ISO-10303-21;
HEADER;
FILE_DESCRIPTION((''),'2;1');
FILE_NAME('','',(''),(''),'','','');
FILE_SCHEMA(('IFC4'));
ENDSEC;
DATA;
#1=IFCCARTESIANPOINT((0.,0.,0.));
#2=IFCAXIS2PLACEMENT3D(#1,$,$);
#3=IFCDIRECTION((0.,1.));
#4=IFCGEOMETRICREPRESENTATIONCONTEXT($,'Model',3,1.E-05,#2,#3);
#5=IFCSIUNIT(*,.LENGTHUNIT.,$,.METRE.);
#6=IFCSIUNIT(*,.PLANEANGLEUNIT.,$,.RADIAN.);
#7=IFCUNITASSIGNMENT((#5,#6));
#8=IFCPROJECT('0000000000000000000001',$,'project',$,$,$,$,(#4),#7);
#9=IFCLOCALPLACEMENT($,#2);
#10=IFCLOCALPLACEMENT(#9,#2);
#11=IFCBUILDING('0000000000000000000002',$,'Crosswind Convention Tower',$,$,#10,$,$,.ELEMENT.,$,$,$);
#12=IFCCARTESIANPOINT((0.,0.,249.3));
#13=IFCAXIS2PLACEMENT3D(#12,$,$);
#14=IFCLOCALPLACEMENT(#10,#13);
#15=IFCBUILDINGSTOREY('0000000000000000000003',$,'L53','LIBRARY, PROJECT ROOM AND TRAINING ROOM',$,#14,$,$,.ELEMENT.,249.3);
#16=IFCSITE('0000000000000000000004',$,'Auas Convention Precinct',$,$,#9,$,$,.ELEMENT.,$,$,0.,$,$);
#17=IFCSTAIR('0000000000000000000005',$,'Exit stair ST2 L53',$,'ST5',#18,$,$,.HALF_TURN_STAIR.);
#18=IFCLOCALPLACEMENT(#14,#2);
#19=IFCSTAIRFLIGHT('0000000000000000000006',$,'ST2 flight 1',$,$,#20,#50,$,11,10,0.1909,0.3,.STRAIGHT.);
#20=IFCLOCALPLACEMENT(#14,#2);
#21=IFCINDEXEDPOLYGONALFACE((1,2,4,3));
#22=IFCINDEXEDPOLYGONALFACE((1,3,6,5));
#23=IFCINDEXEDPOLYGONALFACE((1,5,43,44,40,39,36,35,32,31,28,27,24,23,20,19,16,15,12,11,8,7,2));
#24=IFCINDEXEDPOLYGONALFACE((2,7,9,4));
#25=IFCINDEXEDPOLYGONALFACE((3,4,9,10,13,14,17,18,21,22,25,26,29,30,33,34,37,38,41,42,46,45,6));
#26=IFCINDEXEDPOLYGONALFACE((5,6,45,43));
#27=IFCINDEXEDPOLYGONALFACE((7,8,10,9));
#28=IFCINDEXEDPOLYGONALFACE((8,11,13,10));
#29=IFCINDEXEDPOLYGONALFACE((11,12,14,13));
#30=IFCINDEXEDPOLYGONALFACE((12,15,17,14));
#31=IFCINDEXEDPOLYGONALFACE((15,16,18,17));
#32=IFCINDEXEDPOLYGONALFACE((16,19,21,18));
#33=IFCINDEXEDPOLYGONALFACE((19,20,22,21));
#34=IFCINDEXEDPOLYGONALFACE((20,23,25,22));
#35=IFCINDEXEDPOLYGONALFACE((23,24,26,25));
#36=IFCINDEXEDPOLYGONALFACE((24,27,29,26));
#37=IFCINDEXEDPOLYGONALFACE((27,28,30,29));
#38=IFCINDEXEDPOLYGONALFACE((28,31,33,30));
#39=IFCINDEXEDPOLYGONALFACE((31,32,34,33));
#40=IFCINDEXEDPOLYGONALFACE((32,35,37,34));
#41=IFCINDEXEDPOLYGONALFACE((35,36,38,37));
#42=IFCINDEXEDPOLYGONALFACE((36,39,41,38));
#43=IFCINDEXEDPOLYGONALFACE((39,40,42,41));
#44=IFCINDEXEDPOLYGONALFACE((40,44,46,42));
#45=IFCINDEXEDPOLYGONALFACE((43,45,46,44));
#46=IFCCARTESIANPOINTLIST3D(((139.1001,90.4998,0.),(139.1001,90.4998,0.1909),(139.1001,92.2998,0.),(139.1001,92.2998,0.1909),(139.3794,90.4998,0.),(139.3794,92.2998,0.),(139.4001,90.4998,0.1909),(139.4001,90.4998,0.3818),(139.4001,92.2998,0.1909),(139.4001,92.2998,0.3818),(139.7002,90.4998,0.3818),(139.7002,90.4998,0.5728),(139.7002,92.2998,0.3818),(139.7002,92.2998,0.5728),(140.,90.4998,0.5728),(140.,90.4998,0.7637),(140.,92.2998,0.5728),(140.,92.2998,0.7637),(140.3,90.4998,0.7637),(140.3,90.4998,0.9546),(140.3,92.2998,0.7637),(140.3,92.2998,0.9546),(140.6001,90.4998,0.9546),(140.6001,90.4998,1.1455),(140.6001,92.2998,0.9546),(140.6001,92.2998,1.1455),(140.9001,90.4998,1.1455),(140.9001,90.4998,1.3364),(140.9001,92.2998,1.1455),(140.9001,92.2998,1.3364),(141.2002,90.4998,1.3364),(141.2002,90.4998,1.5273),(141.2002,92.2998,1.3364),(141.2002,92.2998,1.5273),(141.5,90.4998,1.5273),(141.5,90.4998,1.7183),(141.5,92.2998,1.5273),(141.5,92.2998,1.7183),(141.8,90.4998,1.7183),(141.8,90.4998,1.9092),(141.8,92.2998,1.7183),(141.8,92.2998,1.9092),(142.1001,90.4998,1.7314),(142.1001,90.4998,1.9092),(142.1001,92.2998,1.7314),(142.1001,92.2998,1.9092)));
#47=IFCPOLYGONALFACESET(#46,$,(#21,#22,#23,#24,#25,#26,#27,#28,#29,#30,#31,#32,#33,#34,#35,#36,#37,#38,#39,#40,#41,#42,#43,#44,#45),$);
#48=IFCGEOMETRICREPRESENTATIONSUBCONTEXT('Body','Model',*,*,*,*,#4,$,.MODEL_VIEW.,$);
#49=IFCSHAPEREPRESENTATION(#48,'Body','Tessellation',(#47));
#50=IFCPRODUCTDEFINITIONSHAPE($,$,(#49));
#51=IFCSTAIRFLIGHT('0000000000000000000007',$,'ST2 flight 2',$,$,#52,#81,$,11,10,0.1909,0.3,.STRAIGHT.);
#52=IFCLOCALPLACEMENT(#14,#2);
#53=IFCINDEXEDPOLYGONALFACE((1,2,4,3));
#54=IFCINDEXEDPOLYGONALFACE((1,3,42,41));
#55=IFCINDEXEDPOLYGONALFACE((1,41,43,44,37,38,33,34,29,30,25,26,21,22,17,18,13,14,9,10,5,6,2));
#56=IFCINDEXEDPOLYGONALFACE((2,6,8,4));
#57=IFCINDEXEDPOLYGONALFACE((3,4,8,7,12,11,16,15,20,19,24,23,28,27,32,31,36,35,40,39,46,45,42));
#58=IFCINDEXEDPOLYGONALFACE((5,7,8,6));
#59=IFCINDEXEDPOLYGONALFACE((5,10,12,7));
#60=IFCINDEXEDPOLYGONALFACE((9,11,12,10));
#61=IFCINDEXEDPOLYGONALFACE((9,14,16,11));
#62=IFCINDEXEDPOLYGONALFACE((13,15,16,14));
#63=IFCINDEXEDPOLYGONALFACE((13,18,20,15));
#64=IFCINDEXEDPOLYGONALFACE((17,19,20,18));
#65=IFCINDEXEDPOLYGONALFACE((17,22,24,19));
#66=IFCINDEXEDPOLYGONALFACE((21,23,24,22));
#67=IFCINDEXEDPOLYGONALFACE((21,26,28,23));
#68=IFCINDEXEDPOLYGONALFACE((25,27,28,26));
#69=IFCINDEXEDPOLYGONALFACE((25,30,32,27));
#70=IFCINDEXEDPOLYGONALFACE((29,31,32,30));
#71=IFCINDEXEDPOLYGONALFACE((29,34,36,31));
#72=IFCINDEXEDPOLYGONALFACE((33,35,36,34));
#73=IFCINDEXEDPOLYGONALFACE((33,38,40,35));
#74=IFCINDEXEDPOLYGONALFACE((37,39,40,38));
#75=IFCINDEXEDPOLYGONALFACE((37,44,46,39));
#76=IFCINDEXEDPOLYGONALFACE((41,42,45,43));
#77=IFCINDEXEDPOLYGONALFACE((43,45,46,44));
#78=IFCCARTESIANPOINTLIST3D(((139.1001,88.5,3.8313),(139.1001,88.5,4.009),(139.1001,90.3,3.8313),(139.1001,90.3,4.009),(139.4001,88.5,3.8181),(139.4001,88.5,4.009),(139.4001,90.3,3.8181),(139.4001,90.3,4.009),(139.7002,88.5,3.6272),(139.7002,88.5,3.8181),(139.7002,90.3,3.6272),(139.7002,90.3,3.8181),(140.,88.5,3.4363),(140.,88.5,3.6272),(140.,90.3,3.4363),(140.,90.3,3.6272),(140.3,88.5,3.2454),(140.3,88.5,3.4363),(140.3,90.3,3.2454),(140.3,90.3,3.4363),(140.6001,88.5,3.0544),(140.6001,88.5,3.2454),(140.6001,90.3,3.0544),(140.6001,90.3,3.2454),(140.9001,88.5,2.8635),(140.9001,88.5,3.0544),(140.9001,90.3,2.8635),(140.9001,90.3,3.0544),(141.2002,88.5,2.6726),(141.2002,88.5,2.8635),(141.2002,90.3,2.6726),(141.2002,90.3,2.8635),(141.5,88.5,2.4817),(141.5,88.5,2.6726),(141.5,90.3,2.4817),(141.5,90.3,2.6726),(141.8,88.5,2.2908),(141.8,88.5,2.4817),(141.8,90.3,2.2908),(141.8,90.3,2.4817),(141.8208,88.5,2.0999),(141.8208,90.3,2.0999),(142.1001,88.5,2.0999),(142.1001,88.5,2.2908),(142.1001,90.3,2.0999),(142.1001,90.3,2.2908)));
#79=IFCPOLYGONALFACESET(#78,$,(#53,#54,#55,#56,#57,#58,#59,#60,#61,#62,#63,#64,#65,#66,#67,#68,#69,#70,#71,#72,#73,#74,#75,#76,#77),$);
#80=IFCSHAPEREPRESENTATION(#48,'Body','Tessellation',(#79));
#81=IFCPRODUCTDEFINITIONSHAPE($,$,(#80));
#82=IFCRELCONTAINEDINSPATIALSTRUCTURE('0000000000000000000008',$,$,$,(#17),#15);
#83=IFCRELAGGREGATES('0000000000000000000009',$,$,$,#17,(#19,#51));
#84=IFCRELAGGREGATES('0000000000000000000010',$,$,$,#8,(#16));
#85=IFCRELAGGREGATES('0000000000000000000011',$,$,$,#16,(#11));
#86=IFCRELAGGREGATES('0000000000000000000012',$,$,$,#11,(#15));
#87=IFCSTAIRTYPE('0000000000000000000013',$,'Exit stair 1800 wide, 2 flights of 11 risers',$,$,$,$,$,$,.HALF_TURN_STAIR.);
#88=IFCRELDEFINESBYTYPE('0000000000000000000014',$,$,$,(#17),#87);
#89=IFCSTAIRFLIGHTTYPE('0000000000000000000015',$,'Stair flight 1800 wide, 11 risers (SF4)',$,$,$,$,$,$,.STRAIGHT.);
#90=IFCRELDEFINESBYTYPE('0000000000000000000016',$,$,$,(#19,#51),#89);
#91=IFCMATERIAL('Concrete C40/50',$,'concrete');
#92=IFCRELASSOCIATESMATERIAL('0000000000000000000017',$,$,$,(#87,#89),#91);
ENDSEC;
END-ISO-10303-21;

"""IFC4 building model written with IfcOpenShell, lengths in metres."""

from ifc_helpers import new_model, si_unit, direction, frame, origin, place, context, subcontext, project, spatial, polyline, outline, extrude, material, type_object, element, aggregate, save


model = new_model("IFC4")

# Units and contexts
model_context = context("Model", 3, precision=1e-05, world=origin(), true_north=direction((0.0, 1.0)))
body_context = subcontext(model_context, "Body", "Model", "MODEL_VIEW")
ifc_project = project(units=[si_unit("LENGTHUNIT", "METRE"), si_unit("PLANEANGLEUNIT", "RADIAN")], contexts=[model_context])

# Site, building, storey
site_placement = place(None, origin())
site = spatial("IfcSite", under=ifc_project, at=site_placement, Name="Auas Convention Precinct", CompositionType="ELEMENT", RefElevation=0.0)
building_placement = place(site_placement, origin())
building = spatial("IfcBuilding", under=site, at=building_placement, Name="Crosswind Convention Tower", CompositionType="ELEMENT")
storey_placement = place(building_placement, frame((0.0, 0.0, 249.3)))
storey = spatial("IfcBuildingStorey", under=building, at=storey_placement, Name="L53", Description="LIBRARY, PROJECT ROOM AND TRAINING ROOM", CompositionType="ELEMENT", Elevation=249.3)

# Stair, stair flights
ifc_material_1 = material(Name="Concrete C40/50", Category="concrete")
stair_type = type_object("IfcStairType", Name="Exit stair 1800 wide, 2 flights of 11 risers", PredefinedType="HALF_TURN_STAIR", material=ifc_material_1)
stair_placement = place(storey_placement, origin())
stair = element("IfcStair", 1, at=stair_placement, inside=storey, type_object=stair_type, Name="Exit stair ST2 L53", ObjectType="ST5", PredefinedType="HALF_TURN_STAIR")
stair_flight_type = type_object("IfcStairFlightType", Name="Stair flight 1800 wide, 11 risers (SF4)", PredefinedType="STRAIGHT", material=ifc_material_1)
stair_flight_1_placement = place(storey_placement, frame((139.1001, 91.3999, 0.0), z_axis=(0.0, 0.0, 1.0), x_axis=(1.0, 0.0, 0.0)))
stair_flight_1 = element("IfcStairFlight", 2, at=stair_flight_1_placement, type_object=stair_flight_type, Name="ST2 flight 1", NumberOfRisers=11, NumberOfTreads=10, PredefinedType="STRAIGHT", RiserHeight=0.1909, TreadLength=0.3, context=body_context, shape_type="SweptSolid", body=[
    extrude(outline(polyline([(0.0, 0.0), (0.0, 0.1909), (0.3, 0.1909), (0.3, 0.3818), (0.6001, 0.3818), (0.6001, 0.5728), (0.8999, 0.5728), (0.8999, 0.7637), (1.2, 0.7637), (1.2, 0.9546), (1.5, 0.9546), (1.5, 1.1455), (1.8, 1.1455), (1.8, 1.3364), (2.1001, 1.3364), (2.1001, 1.5273), (2.3999, 1.5273), (2.3999, 1.7183), (2.7, 1.7183), (2.7, 1.9092), (3.0, 1.9092), (3.0, 2.1001), (3.0, 1.7314), (0.2793, 0.0), (0.0, 0.0)])), frame((0.0, 0.8999, 0.0), z_axis=(0.0, -1.0, 0.0), x_axis=(1.0, 0.0, 0.0)), (0.0, 0.0, 1.0), 1.8),
])
stair_flight_2_placement = place(storey_placement, frame((142.1001, 89.3999, 2.0999), z_axis=(0.0, 0.0, 1.0), x_axis=(-1.0, 0.0, 0.0)))
stair_flight_2 = element("IfcStairFlight", 3, at=stair_flight_2_placement, type_object=stair_flight_type, Name="ST2 flight 2", NumberOfRisers=11, NumberOfTreads=10, PredefinedType="STRAIGHT", RiserHeight=0.1909, TreadLength=0.3, context=body_context, shape_type="SweptSolid", body=[
    extrude(outline(polyline([(0.0, 0.0), (0.0, 0.1909), (0.3, 0.1909), (0.3, 0.3818), (0.6001, 0.3818), (0.6001, 0.5728), (0.8999, 0.5728), (0.8999, 0.7637), (1.2, 0.7637), (1.2, 0.9546), (1.5, 0.9546), (1.5, 1.1455), (1.8, 1.1455), (1.8, 1.3364), (2.1001, 1.3364), (2.1001, 1.5273), (2.3999, 1.5273), (2.3999, 1.7183), (2.7, 1.7183), (2.7, 1.9092), (3.0, 1.9092), (3.0, 2.1001), (3.0, 1.7314), (0.2793, 0.0), (0.0, 0.0)])), frame((0.0, 0.8999, 0.0), z_axis=(0.0, -1.0, 0.0), x_axis=(1.0, 0.0, 0.0)), (0.0, 0.0, 1.0), 1.8),
])
aggregate(stair, [stair_flight_1, stair_flight_2])

save(model, "model.ifc")
